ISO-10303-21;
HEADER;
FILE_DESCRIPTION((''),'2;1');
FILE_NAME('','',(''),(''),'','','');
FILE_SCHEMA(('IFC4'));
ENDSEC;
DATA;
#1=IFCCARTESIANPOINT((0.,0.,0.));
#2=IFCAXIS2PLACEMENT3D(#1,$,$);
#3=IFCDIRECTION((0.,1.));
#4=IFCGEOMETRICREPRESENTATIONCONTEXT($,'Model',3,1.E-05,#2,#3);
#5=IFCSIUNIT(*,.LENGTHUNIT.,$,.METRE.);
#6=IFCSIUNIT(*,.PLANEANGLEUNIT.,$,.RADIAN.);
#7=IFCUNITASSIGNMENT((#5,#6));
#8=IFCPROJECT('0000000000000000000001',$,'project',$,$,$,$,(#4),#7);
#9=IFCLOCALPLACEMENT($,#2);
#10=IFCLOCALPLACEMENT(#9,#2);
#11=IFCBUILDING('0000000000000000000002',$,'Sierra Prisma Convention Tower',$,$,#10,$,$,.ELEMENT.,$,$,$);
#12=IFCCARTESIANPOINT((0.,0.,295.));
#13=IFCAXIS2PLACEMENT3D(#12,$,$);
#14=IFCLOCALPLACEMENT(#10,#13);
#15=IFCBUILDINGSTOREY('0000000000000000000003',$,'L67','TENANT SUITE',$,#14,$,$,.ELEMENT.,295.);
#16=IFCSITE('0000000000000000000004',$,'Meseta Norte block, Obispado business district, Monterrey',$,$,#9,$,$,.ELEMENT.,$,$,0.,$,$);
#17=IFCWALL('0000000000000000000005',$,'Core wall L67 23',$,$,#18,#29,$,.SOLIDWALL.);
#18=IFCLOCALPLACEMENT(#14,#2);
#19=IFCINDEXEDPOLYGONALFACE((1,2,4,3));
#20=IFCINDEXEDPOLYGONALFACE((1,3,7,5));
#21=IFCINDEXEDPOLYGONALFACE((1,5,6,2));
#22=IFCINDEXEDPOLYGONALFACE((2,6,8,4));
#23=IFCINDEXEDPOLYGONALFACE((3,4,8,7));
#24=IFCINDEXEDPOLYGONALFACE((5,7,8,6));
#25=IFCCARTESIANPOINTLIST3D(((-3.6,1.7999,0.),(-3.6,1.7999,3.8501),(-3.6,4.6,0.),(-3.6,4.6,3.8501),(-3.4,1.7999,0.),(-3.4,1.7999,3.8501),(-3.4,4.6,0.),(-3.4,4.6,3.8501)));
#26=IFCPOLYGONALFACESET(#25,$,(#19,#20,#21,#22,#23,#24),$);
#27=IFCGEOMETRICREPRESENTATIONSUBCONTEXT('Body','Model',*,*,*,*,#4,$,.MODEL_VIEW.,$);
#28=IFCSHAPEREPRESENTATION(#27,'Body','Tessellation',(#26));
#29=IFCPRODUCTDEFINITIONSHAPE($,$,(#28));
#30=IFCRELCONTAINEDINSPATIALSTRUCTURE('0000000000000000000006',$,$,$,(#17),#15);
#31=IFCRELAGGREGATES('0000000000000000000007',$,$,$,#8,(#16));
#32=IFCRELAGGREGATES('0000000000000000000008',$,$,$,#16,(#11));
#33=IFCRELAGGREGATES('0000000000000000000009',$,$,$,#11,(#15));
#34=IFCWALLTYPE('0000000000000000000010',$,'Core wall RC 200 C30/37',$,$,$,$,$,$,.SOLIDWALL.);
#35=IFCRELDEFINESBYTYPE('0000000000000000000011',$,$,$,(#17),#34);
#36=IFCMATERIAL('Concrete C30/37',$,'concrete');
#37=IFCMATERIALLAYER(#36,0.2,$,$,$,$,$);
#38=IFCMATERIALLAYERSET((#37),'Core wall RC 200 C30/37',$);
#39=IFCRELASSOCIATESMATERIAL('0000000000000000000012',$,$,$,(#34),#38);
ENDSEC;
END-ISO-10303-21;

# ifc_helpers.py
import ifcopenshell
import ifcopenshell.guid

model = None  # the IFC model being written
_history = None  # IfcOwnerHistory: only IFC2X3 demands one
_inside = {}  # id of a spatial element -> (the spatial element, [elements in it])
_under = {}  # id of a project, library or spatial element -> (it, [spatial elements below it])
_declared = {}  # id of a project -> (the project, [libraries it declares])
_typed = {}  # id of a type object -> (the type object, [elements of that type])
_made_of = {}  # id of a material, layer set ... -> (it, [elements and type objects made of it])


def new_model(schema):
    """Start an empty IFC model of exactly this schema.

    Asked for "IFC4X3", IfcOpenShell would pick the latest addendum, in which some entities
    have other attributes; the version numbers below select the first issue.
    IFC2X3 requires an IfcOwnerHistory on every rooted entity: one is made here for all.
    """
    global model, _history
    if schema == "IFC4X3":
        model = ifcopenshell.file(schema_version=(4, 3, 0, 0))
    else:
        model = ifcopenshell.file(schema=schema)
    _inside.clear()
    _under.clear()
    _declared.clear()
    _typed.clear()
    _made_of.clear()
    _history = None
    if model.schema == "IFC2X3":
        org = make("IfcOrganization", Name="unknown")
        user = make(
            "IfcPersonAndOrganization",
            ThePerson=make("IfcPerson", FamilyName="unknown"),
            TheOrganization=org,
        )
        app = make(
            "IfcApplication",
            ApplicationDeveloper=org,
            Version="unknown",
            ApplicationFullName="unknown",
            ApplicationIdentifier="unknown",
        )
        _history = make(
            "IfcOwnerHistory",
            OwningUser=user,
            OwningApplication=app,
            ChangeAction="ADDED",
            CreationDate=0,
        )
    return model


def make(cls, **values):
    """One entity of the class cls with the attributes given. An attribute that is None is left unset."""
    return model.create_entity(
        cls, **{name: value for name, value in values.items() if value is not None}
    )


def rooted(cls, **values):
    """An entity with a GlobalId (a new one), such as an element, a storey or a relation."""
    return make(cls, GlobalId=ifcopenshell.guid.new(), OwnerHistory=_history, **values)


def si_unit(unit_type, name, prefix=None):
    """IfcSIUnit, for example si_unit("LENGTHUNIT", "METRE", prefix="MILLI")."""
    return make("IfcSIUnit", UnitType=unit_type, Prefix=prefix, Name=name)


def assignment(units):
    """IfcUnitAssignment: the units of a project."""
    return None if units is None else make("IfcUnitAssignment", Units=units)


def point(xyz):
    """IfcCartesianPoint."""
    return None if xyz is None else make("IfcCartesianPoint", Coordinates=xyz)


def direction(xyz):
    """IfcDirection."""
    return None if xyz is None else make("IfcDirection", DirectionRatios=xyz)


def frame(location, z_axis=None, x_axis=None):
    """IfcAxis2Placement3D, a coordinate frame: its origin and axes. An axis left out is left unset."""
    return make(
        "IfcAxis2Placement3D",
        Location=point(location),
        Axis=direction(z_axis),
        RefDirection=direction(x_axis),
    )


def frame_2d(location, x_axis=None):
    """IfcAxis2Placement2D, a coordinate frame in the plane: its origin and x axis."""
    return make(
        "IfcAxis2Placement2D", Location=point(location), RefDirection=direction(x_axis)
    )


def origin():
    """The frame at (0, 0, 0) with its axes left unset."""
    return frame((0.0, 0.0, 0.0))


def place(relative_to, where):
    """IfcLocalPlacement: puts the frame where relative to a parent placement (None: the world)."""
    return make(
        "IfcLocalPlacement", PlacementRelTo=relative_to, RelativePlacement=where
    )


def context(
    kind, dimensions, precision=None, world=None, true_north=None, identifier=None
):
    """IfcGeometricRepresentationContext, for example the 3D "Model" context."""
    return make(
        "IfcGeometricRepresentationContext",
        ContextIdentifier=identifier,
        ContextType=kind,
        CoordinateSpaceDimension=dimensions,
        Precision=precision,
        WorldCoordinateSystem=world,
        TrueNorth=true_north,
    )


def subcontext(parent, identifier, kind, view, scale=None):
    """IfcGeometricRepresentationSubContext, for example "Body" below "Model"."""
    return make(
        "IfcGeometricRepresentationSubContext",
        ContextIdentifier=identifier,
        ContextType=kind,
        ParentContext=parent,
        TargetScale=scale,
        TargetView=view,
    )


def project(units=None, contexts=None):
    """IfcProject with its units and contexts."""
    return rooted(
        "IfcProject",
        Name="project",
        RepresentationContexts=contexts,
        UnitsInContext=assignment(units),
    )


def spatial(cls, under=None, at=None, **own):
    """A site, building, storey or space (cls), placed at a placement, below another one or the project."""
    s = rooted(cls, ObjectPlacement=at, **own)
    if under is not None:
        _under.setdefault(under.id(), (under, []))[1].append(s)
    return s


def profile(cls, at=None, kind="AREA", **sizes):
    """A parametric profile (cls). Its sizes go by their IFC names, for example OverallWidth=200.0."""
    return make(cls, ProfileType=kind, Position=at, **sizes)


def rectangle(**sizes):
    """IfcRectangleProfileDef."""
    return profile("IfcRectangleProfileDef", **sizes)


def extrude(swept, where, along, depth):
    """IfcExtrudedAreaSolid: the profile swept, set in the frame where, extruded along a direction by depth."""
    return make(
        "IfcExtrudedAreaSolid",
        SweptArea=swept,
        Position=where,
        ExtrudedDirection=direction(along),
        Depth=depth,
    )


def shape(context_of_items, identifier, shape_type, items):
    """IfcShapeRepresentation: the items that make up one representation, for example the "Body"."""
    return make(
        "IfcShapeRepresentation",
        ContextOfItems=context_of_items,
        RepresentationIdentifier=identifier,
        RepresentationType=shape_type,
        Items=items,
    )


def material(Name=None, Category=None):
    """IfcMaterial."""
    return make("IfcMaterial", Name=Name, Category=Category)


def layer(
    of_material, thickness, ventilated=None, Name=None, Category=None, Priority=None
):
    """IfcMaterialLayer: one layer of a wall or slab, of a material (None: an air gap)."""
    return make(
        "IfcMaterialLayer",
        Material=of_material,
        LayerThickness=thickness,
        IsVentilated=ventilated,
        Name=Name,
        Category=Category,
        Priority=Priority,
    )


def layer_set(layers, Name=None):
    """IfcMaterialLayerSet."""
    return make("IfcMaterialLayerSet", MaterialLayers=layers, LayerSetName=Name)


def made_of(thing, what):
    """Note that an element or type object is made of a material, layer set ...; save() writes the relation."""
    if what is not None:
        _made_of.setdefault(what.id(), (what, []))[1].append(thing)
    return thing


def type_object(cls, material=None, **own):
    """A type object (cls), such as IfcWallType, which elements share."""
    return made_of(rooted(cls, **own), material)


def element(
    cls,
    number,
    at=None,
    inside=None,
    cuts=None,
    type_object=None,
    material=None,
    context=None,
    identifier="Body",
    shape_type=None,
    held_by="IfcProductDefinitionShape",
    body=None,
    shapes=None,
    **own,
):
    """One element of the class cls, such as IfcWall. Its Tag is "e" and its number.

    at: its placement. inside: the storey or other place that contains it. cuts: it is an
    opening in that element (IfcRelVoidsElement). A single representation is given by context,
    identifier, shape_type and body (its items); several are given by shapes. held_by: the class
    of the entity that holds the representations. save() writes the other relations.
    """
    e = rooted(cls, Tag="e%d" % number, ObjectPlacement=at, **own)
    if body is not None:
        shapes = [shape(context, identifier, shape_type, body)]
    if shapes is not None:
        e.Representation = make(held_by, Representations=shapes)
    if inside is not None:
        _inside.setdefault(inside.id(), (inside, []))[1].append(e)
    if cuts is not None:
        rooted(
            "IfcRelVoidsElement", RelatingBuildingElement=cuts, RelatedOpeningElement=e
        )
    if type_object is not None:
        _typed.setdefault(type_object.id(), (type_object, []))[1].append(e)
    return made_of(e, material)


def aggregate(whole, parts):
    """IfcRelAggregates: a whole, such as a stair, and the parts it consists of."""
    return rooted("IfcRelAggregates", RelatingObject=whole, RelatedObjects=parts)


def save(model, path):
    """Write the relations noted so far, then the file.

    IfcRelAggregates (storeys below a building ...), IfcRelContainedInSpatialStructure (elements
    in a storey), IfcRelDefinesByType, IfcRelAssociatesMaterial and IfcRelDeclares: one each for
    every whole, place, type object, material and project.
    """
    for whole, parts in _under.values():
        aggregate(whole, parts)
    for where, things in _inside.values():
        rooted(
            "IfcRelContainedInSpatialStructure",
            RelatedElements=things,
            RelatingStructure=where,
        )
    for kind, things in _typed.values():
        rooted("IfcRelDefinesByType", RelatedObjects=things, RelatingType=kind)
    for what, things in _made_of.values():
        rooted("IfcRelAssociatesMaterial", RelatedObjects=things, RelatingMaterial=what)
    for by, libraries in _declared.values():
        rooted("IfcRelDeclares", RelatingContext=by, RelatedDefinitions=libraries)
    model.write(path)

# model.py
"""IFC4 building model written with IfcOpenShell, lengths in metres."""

from ifc_helpers import new_model, si_unit, direction, frame, frame_2d, origin, place, context, subcontext, project, spatial, rectangle, extrude, material, layer, layer_set, type_object, element, save


model = new_model("IFC4")

# Units and contexts
model_context = context("Model", 3, precision=1e-05, world=origin(), true_north=direction((0.0, 1.0)))
body_context = subcontext(model_context, "Body", "Model", "MODEL_VIEW")
ifc_project = project(units=[si_unit("LENGTHUNIT", "METRE"), si_unit("PLANEANGLEUNIT", "RADIAN")], contexts=[model_context])

# Site, building, storey
site_placement = place(None, origin())
site = spatial("IfcSite", under=ifc_project, at=site_placement, Name="Meseta Norte block, Obispado business district, Monterrey", CompositionType="ELEMENT", RefElevation=0.0)
building_placement = place(site_placement, origin())
building = spatial("IfcBuilding", under=site, at=building_placement, Name="Sierra Prisma Convention Tower", CompositionType="ELEMENT")
storey_placement = place(building_placement, frame((0.0, 0.0, 295.0)))
storey = spatial("IfcBuildingStorey", under=building, at=storey_placement, Name="L67", Description="TENANT SUITE", CompositionType="ELEMENT", Elevation=295.0)

# Shared definitions
ifc_material_1 = material(Name="Concrete C30/37", Category="concrete")
ifc_layer_1 = layer(ifc_material_1, 0.2)
ifc_layer_set_1 = layer_set([ifc_layer_1], Name="Core wall RC 200 C30/37")
wall_type = type_object("IfcWallType", Name="Core wall RC 200 C30/37", PredefinedType="SOLIDWALL", material=ifc_layer_set_1)

# Wall
wall_1_placement = place(storey_placement, frame((-3.5, 1.8, 0.0), z_axis=(0.0, 0.0, 1.0), x_axis=(0.0, 1.0, 0.0)))
element("IfcWall", 1, at=wall_1_placement, inside=storey, type_object=wall_type, Name="Core wall L67 23", PredefinedType="SOLIDWALL", context=body_context, shape_type="SweptSolid", body=[
    extrude(rectangle(XDim=2.8, YDim=0.2, at=frame_2d((1.3999, 0.0))), origin(), (0.0, 0.0, 1.0), 3.8501),
])

save(model, "model.ifc")
